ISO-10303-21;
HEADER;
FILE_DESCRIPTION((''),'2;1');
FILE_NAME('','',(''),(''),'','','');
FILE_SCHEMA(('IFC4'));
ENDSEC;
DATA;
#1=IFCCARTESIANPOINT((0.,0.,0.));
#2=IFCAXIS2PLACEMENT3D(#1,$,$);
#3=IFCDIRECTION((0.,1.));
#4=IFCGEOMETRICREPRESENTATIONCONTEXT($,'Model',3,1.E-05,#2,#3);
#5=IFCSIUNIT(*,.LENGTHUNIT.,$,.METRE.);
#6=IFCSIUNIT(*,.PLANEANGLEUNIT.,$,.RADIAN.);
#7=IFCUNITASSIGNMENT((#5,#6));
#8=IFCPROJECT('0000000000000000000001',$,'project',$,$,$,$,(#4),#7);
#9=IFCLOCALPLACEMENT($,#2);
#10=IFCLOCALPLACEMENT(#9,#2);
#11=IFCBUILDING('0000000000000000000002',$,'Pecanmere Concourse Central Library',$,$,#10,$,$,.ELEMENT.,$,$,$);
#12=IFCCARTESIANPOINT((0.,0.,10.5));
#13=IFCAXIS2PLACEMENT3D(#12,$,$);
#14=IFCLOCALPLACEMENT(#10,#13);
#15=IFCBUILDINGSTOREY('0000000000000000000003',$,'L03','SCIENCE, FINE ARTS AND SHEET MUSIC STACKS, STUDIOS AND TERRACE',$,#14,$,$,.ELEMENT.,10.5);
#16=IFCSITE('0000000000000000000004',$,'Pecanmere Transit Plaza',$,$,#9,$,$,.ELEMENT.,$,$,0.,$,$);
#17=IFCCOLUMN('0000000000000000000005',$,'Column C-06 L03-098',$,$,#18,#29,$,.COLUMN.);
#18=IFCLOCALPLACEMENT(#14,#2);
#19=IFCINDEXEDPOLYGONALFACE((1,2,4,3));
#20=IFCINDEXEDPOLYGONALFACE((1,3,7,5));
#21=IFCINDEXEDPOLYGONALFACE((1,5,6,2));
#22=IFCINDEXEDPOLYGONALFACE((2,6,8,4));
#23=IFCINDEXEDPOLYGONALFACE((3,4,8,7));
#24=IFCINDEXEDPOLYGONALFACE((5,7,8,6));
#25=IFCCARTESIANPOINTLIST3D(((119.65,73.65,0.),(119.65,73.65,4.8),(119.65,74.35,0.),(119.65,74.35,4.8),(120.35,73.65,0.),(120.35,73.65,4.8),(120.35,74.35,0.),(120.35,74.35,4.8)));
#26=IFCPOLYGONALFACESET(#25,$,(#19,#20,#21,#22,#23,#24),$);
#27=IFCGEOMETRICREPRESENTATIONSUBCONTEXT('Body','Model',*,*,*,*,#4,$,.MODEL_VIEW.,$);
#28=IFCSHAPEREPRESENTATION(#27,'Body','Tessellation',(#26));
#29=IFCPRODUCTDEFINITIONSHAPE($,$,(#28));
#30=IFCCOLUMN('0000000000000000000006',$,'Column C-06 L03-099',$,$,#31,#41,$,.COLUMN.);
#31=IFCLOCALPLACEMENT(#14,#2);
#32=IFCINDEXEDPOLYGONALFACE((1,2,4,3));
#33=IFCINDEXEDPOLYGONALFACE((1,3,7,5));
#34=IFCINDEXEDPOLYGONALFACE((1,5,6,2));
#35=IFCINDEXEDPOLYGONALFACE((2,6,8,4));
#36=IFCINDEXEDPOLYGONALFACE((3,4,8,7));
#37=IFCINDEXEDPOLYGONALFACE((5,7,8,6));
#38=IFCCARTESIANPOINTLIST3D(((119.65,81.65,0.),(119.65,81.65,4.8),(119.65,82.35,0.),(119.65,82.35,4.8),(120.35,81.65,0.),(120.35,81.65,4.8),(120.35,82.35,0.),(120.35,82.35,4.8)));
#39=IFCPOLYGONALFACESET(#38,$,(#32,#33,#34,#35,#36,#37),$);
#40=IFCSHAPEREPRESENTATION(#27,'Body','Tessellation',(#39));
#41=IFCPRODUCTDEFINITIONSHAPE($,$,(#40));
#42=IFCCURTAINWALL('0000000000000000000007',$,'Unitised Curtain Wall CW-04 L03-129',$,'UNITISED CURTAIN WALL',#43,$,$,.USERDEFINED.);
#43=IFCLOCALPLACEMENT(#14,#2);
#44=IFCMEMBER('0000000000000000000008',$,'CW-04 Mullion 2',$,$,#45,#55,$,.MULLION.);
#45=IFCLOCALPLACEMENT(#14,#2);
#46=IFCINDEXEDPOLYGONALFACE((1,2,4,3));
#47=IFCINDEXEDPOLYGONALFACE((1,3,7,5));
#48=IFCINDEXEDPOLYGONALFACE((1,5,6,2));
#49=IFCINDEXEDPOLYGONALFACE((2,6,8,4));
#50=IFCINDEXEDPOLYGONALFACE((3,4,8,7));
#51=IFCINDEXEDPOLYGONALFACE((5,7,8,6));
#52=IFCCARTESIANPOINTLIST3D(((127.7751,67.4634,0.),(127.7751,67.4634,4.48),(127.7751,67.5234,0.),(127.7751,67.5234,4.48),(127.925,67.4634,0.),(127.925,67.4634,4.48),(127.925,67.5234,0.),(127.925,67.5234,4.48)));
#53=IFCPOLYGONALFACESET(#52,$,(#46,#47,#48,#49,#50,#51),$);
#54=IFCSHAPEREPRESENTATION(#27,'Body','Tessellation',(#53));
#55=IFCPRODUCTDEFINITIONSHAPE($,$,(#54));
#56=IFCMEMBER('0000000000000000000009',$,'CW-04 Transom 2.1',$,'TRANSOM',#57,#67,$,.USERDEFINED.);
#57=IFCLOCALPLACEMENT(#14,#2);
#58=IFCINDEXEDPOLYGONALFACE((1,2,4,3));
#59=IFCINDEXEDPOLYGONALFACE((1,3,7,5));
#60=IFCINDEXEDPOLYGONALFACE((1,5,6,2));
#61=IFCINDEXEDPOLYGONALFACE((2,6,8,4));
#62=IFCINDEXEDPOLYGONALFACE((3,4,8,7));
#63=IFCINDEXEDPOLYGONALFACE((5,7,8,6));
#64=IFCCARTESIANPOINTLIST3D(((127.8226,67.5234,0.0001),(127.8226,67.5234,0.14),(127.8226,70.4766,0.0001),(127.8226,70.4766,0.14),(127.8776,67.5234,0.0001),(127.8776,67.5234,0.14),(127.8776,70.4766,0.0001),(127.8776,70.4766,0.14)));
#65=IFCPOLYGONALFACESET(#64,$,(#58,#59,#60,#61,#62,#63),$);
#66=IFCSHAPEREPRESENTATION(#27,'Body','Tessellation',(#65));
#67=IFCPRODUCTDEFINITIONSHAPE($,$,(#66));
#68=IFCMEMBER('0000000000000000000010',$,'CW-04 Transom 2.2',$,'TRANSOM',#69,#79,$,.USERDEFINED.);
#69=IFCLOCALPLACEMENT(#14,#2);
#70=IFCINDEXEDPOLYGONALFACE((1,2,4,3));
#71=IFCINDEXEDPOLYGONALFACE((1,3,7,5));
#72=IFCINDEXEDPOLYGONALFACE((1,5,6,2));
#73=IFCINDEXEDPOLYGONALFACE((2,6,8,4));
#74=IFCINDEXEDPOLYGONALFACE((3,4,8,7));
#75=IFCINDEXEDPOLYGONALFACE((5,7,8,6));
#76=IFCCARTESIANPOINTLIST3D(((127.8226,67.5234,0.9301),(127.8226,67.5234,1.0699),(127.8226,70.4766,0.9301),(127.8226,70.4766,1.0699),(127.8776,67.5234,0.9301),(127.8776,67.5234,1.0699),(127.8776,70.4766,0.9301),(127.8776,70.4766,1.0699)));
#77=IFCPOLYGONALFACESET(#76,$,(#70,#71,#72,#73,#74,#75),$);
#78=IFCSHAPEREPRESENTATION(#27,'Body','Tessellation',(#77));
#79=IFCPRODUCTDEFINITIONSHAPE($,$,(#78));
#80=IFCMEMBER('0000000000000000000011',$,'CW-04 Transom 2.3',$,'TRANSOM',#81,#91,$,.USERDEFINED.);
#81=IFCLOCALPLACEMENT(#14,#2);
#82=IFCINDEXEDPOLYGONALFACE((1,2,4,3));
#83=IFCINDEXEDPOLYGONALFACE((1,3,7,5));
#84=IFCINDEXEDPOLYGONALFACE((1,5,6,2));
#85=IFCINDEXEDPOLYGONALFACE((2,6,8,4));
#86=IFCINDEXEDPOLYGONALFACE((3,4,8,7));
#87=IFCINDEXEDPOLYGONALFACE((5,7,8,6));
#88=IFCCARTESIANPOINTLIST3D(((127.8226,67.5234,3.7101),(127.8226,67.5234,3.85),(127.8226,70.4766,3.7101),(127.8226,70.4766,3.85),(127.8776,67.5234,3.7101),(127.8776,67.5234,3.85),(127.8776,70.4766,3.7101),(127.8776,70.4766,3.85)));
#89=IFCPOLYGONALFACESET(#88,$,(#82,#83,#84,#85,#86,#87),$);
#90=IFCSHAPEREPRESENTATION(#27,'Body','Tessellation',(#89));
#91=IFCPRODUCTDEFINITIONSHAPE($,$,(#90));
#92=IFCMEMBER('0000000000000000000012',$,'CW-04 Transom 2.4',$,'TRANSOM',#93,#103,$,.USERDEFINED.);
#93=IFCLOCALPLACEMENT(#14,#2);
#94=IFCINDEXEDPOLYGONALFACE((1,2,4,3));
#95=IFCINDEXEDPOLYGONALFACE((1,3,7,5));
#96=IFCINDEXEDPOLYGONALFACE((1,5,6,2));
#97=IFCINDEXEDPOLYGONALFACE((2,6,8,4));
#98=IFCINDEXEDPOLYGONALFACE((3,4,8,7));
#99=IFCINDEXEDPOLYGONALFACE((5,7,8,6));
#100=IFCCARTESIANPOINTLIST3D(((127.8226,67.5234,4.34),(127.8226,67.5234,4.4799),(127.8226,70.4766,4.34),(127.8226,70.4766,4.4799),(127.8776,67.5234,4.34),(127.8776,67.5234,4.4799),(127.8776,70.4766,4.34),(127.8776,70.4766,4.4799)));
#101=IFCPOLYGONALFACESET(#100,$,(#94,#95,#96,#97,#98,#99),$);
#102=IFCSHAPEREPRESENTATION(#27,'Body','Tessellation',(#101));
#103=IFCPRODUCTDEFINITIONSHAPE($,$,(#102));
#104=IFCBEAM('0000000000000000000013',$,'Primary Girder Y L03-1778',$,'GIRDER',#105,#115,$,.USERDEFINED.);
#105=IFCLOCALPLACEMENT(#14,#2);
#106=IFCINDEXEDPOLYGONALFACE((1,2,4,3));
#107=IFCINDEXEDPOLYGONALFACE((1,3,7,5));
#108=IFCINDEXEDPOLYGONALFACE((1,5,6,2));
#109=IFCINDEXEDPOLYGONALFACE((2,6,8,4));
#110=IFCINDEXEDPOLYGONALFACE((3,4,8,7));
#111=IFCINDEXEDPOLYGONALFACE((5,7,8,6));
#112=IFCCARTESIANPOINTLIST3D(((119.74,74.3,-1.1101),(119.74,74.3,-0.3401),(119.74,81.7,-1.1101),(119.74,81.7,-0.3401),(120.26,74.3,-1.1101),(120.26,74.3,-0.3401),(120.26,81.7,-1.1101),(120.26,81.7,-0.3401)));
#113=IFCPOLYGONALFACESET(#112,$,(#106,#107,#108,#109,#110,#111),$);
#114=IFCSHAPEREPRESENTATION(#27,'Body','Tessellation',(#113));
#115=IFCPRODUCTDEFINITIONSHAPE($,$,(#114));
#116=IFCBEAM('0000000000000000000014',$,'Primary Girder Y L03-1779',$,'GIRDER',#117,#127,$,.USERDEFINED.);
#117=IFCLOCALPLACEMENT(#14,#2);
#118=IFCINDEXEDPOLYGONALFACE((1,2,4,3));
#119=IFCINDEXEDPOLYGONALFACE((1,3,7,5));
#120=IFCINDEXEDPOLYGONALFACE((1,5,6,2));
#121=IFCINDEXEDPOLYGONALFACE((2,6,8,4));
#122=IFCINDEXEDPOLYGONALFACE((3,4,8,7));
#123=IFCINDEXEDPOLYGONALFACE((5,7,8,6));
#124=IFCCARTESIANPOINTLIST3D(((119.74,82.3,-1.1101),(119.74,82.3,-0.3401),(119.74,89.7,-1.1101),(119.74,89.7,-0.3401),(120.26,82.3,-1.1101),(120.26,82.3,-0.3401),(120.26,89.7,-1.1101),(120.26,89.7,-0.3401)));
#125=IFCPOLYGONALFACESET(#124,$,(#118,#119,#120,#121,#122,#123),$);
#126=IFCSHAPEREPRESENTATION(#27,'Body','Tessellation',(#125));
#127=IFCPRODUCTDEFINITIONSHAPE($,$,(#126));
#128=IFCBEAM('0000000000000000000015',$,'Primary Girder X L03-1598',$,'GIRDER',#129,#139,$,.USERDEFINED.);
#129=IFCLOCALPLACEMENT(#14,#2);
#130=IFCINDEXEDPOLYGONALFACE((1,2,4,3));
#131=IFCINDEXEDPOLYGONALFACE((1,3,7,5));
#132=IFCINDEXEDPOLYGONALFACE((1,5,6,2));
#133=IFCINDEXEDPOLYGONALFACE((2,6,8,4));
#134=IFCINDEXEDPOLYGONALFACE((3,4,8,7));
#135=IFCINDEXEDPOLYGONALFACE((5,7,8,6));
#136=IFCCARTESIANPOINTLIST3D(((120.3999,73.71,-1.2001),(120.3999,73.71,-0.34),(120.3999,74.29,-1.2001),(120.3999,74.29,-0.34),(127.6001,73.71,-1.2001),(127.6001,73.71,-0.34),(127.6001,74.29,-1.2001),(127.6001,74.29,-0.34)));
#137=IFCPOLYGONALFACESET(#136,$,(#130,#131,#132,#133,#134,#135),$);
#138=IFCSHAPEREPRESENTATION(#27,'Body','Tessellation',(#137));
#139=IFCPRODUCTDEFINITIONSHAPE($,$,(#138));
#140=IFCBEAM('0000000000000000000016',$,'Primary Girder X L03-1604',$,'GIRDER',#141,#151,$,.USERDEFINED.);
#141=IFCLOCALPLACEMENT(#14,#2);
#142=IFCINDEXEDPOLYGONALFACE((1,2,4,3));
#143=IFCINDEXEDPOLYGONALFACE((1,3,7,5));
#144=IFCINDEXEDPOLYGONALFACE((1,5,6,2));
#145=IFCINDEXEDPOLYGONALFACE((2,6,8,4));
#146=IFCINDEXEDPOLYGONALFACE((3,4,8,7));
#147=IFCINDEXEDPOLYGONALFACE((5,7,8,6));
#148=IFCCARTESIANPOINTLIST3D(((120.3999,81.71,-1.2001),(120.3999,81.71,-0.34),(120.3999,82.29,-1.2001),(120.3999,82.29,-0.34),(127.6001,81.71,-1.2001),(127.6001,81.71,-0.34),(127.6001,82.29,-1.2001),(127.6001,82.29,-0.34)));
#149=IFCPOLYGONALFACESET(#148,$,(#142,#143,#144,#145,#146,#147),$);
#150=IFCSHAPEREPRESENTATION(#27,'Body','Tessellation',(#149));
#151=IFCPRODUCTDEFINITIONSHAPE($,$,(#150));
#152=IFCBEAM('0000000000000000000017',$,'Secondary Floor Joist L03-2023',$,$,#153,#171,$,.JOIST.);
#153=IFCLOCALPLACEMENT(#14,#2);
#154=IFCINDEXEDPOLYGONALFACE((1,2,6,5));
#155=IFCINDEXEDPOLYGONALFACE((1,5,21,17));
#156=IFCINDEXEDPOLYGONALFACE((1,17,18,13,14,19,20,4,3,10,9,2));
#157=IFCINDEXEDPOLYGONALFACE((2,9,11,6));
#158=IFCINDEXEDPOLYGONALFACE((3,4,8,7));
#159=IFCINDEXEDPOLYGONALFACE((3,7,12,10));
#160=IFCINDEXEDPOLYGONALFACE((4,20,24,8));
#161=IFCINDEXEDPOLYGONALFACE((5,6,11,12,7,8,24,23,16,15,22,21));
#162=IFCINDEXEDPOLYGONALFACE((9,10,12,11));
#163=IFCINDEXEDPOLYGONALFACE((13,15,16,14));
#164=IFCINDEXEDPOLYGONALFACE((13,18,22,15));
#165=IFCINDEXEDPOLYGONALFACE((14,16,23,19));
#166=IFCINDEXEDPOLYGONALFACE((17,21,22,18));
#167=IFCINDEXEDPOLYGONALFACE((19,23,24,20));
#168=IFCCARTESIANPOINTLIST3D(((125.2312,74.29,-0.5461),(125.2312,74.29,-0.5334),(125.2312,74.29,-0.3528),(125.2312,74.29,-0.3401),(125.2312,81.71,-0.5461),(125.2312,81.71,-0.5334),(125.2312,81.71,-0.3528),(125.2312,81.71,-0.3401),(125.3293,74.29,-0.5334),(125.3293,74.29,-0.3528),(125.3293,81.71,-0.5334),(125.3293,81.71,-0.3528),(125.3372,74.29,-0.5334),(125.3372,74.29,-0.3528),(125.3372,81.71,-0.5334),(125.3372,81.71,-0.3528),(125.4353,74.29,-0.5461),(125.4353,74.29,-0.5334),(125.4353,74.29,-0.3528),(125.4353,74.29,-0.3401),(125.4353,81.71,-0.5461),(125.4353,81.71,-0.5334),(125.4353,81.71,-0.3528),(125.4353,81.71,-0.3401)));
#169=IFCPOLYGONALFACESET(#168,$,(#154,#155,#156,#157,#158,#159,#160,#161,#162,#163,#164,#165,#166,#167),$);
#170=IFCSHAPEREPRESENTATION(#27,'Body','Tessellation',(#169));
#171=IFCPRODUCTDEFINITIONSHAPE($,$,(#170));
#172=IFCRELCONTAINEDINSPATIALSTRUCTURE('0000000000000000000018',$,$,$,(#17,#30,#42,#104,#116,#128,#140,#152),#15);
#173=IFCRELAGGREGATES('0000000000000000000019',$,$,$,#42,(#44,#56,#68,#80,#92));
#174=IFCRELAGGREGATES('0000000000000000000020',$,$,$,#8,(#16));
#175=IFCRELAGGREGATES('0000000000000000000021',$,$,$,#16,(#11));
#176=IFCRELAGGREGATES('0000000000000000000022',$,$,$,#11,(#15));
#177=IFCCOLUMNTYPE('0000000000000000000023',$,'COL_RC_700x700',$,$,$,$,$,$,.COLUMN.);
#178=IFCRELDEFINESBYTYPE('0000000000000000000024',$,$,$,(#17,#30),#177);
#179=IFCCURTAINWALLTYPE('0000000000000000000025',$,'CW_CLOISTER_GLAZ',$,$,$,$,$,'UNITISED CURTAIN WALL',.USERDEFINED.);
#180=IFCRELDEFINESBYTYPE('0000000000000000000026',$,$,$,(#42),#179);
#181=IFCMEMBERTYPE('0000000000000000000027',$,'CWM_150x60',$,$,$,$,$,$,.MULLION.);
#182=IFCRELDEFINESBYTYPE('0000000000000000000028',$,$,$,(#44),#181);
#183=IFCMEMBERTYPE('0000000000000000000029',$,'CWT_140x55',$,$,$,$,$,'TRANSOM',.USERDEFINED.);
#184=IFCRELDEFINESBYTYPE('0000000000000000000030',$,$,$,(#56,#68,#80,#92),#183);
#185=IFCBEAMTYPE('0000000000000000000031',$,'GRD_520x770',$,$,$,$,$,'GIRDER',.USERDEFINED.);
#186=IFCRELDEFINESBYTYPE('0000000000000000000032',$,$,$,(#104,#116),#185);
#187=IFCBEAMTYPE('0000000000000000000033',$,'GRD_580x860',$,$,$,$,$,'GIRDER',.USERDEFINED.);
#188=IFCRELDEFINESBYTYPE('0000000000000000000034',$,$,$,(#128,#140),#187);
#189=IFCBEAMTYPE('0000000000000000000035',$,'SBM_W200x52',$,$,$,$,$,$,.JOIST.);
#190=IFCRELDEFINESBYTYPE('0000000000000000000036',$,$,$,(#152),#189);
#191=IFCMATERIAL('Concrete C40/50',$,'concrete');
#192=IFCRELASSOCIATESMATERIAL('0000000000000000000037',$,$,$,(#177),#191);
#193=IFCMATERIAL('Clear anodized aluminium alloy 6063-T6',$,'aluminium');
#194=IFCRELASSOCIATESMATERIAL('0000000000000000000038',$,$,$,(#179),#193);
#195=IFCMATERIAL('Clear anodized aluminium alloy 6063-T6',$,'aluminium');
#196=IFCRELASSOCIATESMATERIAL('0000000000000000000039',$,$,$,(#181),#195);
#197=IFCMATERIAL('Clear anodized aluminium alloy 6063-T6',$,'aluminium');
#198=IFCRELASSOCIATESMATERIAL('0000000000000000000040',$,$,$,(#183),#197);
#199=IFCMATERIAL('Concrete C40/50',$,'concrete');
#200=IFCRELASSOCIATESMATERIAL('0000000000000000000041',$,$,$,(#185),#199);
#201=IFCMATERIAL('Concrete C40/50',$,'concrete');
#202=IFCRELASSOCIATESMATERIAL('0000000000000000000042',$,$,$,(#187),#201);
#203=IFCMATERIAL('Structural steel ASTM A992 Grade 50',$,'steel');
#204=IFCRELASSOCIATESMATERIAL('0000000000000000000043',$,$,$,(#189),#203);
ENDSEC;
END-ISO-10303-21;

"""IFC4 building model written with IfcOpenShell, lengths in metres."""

from ifc_helpers import new_model, si_unit, direction, frame, origin, origin_2d, place, context, subcontext, project, spatial, rectangle, i_section, extrude, material, material_profile, profile_set, type_object, element, aggregate, save


model = new_model("IFC4")

# Units and contexts
model_context = context("Model", 3, precision=1e-05, world=origin(), true_north=direction((0.0, 1.0)))
body_context = subcontext(model_context, "Body", "Model", "MODEL_VIEW")
ifc_project = project(units=[si_unit("LENGTHUNIT", "METRE"), si_unit("PLANEANGLEUNIT", "RADIAN")], contexts=[model_context])

# Site, building, storey
site_placement = place(None, origin())
site = spatial("IfcSite", under=ifc_project, at=site_placement, Name="Pecanmere Transit Plaza", CompositionType="ELEMENT", RefElevation=0.0)
building_placement = place(site_placement, origin())
building = spatial("IfcBuilding", under=site, at=building_placement, Name="Pecanmere Concourse Central Library", CompositionType="ELEMENT")
storey_placement = place(building_placement, frame((0.0, 0.0, 10.5)))
storey = spatial("IfcBuildingStorey", under=building, at=storey_placement, Name="L03", Description="SCIENCE, FINE ARTS AND SHEET MUSIC STACKS, STUDIOS AND TERRACE", CompositionType="ELEMENT", Elevation=10.5)

# Columns
ifc_material_1 = material(Name="Concrete C40/50", Category="concrete")
ifc_material_profile_1 = material_profile(ifc_material_1, rectangle(XDim=0.7, YDim=0.7, at=origin_2d()), Name="RC 700x700")
ifc_profile_set_1 = profile_set([ifc_material_profile_1], Name="Concrete C40/50")
column_type = type_object("IfcColumnType", Name="COL_RC_700x700", PredefinedType="COLUMN", material=ifc_profile_set_1)
for number, where, z_axis, x_axis, name in (
    (1, (120.0, 74.0, 0.0), (0.0, 0.0, 1.0), (1.0, 0.0, 0.0), "Column C-06 L03-098"),
    (2, (120.0, 82.0, 0.0), (0.0, 0.0, 1.0), (1.0, 0.0, 0.0), "Column C-06 L03-099"),
):
    element("IfcColumn", number, at=place(storey_placement, frame(where, z_axis=z_axis, x_axis=x_axis)), inside=storey, type_object=column_type, Name=name, PredefinedType="COLUMN", context=body_context, shape_type="SweptSolid", body=[
        extrude(rectangle(XDim=0.7, YDim=0.7, at=origin_2d()), origin(), (0.0, 0.0, 1.0), 4.8),
    ])

# Curtain wall, members
ifc_material_2 = material(Name="Clear anodized aluminium alloy 6063-T6", Category="aluminium")
curtain_wall_type = type_object("IfcCurtainWallType", Name="CW_CLOISTER_GLAZ", ElementType="UNITISED CURTAIN WALL", PredefinedType="USERDEFINED", material=ifc_material_2)
curtain_wall_placement = place(storey_placement, origin())
curtain_wall = element("IfcCurtainWall", 3, at=curtain_wall_placement, inside=storey, type_object=curtain_wall_type, Name="Unitised Curtain Wall CW-04 L03-129", ObjectType="UNITISED CURTAIN WALL", PredefinedType="USERDEFINED")
ifc_material_3 = material(Name="Clear anodized aluminium alloy 6063-T6", Category="aluminium")
ifc_material_profile_2 = material_profile(ifc_material_3, rectangle(XDim=0.0601, YDim=0.1499, at=origin_2d()), Name="AL 60x150")
ifc_profile_set_2 = profile_set([ifc_material_profile_2], Name="Clear anodized aluminium alloy 6063-T6")
member_type_1 = type_object("IfcMemberType", Name="CWM_150x60", PredefinedType="MULLION", material=ifc_profile_set_2)
member_1_placement = place(storey_placement, frame((127.8501, 67.4934, 0.0), z_axis=(0.0, 0.0, 1.0), x_axis=(0.0, 1.0, 0.0)))
member_1 = element("IfcMember", 4, at=member_1_placement, type_object=member_type_1, Name="CW-04 Mullion 2", PredefinedType="MULLION", context=body_context, shape_type="SweptSolid", body=[
    extrude(rectangle(XDim=0.0601, YDim=0.1499, at=origin_2d()), origin(), (0.0, 0.0, 1.0), 4.48),
])
ifc_material_4 = material(Name="Clear anodized aluminium alloy 6063-T6", Category="aluminium")
ifc_material_profile_3 = material_profile(ifc_material_4, rectangle(XDim=0.0549, YDim=0.1399, at=origin_2d()), Name="AL 55x140")
ifc_profile_set_3 = profile_set([ifc_material_profile_3], Name="Clear anodized aluminium alloy 6063-T6")
member_type_2 = type_object("IfcMemberType", Name="CWT_140x55", ElementType="TRANSOM", PredefinedType="USERDEFINED", material=ifc_profile_set_3)
member_2_placement = place(storey_placement, frame((127.8501, 67.5234, 0.0701), z_axis=(0.0, 1.0, 0.0), x_axis=(-1.0, 0.0, 0.0)))
member_2 = element("IfcMember", 5, at=member_2_placement, type_object=member_type_2, Name="CW-04 Transom 2.1", ObjectType="TRANSOM", PredefinedType="USERDEFINED", context=body_context, shape_type="SweptSolid", body=[
    extrude(rectangle(XDim=0.0549, YDim=0.1399, at=origin_2d()), origin(), (0.0, 0.0, 1.0), 2.9531),
])
member_3_placement = place(storey_placement, frame((127.8501, 67.5234, 1.0), z_axis=(0.0, 1.0, 0.0), x_axis=(-1.0, 0.0, 0.0)))
member_3 = element("IfcMember", 6, at=member_3_placement, type_object=member_type_2, Name="CW-04 Transom 2.2", ObjectType="TRANSOM", PredefinedType="USERDEFINED", context=body_context, shape_type="SweptSolid", body=[
    extrude(rectangle(XDim=0.0549, YDim=0.1399, at=origin_2d()), origin(), (0.0, 0.0, 1.0), 2.9531),
])
member_4_placement = place(storey_placement, frame((127.8501, 67.5234, 3.78), z_axis=(0.0, 1.0, 0.0), x_axis=(-1.0, 0.0, 0.0)))
member_4 = element("IfcMember", 7, at=member_4_placement, type_object=member_type_2, Name="CW-04 Transom 2.3", ObjectType="TRANSOM", PredefinedType="USERDEFINED", context=body_context, shape_type="SweptSolid", body=[
    extrude(rectangle(XDim=0.0549, YDim=0.1399, at=origin_2d()), origin(), (0.0, 0.0, 1.0), 2.9531),
])
member_5_placement = place(storey_placement, frame((127.8501, 67.5234, 4.4099), z_axis=(0.0, 1.0, 0.0), x_axis=(-1.0, 0.0, 0.0)))
member_5 = element("IfcMember", 8, at=member_5_placement, type_object=member_type_2, Name="CW-04 Transom 2.4", ObjectType="TRANSOM", PredefinedType="USERDEFINED", context=body_context, shape_type="SweptSolid", body=[
    extrude(rectangle(XDim=0.0549, YDim=0.1399, at=origin_2d()), origin(), (0.0, 0.0, 1.0), 2.9531),
])

# Beams
ifc_material_5 = material(Name="Concrete C40/50", Category="concrete")
ifc_material_profile_4 = material_profile(ifc_material_5, rectangle(XDim=0.52, YDim=0.77, at=origin_2d()), Name="RC 520x770")
ifc_profile_set_4 = profile_set([ifc_material_profile_4], Name="Concrete C40/50")
beam_type_1 = type_object("IfcBeamType", Name="GRD_520x770", ElementType="GIRDER", PredefinedType="USERDEFINED", material=ifc_profile_set_4)
for number, where, z_axis, x_axis, name in (
    (9, (120.0, 74.3, -0.7251), (0.0, 1.0, 0.0), (-1.0, 0.0, 0.0), "Primary Girder Y L03-1778"),
    (10, (120.0, 82.3, -0.7251), (0.0, 1.0, 0.0), (-1.0, 0.0, 0.0), "Primary Girder Y L03-1779"),
):
    element("IfcBeam", number, at=place(storey_placement, frame(where, z_axis=z_axis, x_axis=x_axis)), inside=storey, type_object=beam_type_1, Name=name, ObjectType="GIRDER", PredefinedType="USERDEFINED", context=body_context, shape_type="SweptSolid", body=[
        extrude(rectangle(XDim=0.52, YDim=0.77, at=origin_2d()), origin(), (0.0, 0.0, 1.0), 7.3999),
    ])
ifc_material_6 = material(Name="Concrete C40/50", Category="concrete")
ifc_material_profile_5 = material_profile(ifc_material_6, rectangle(XDim=0.5801, YDim=0.8601, at=origin_2d()), Name="RC 580x860")
ifc_profile_set_5 = profile_set([ifc_material_profile_5], Name="Concrete C40/50")
beam_type_2 = type_object("IfcBeamType", Name="GRD_580x860", ElementType="GIRDER", PredefinedType="USERDEFINED", material=ifc_profile_set_5)
for number, where, z_axis, x_axis, name in (
    (11, (120.3999, 74.0, -0.77), (1.0, 0.0, 0.0), (0.0, 1.0, 0.0), "Primary Girder X L03-1598"),
    (12, (120.3999, 82.0, -0.77), (1.0, 0.0, 0.0), (0.0, 1.0, 0.0), "Primary Girder X L03-1604"),
):
    element("IfcBeam", number, at=place(storey_placement, frame(where, z_axis=z_axis, x_axis=x_axis)), inside=storey, type_object=beam_type_2, Name=name, ObjectType="GIRDER", PredefinedType="USERDEFINED", context=body_context, shape_type="SweptSolid", body=[
        extrude(rectangle(XDim=0.5801, YDim=0.8601, at=origin_2d()), origin(), (0.0, 0.0, 1.0), 7.2002),
    ])
ifc_material_7 = material(Name="Structural steel ASTM A992 Grade 50", Category="steel")
ifc_material_profile_6 = material_profile(ifc_material_7, i_section(OverallWidth=0.2041, OverallDepth=0.2061, WebThickness=0.0078, FlangeThickness=0.0127, at=origin_2d()), Name="W200x52")
ifc_profile_set_6 = profile_set([ifc_material_profile_6], Name="Structural steel ASTM A992 Grade 50")
beam_type_3 = type_object("IfcBeamType", Name="SBM_W200x52", PredefinedType="JOIST", material=ifc_profile_set_6)
beam_1_placement = place(storey_placement, frame((125.3333, 74.29, -0.4431), z_axis=(0.0, 1.0, 0.0), x_axis=(-1.0, 0.0, 0.0)))
element("IfcBeam", 13, at=beam_1_placement, inside=storey, type_object=beam_type_3, Name="Secondary Floor Joist L03-2023", PredefinedType="JOIST", context=body_context, shape_type="SweptSolid", body=[
    extrude(i_section(OverallWidth=0.2041, OverallDepth=0.2061, WebThickness=0.0078, FlangeThickness=0.0127, at=origin_2d()), origin(), (0.0, 0.0, 1.0), 7.4199),
])

aggregate(curtain_wall, [member_1, member_2, member_3, member_4, member_5])

save(model, "model.ifc")
